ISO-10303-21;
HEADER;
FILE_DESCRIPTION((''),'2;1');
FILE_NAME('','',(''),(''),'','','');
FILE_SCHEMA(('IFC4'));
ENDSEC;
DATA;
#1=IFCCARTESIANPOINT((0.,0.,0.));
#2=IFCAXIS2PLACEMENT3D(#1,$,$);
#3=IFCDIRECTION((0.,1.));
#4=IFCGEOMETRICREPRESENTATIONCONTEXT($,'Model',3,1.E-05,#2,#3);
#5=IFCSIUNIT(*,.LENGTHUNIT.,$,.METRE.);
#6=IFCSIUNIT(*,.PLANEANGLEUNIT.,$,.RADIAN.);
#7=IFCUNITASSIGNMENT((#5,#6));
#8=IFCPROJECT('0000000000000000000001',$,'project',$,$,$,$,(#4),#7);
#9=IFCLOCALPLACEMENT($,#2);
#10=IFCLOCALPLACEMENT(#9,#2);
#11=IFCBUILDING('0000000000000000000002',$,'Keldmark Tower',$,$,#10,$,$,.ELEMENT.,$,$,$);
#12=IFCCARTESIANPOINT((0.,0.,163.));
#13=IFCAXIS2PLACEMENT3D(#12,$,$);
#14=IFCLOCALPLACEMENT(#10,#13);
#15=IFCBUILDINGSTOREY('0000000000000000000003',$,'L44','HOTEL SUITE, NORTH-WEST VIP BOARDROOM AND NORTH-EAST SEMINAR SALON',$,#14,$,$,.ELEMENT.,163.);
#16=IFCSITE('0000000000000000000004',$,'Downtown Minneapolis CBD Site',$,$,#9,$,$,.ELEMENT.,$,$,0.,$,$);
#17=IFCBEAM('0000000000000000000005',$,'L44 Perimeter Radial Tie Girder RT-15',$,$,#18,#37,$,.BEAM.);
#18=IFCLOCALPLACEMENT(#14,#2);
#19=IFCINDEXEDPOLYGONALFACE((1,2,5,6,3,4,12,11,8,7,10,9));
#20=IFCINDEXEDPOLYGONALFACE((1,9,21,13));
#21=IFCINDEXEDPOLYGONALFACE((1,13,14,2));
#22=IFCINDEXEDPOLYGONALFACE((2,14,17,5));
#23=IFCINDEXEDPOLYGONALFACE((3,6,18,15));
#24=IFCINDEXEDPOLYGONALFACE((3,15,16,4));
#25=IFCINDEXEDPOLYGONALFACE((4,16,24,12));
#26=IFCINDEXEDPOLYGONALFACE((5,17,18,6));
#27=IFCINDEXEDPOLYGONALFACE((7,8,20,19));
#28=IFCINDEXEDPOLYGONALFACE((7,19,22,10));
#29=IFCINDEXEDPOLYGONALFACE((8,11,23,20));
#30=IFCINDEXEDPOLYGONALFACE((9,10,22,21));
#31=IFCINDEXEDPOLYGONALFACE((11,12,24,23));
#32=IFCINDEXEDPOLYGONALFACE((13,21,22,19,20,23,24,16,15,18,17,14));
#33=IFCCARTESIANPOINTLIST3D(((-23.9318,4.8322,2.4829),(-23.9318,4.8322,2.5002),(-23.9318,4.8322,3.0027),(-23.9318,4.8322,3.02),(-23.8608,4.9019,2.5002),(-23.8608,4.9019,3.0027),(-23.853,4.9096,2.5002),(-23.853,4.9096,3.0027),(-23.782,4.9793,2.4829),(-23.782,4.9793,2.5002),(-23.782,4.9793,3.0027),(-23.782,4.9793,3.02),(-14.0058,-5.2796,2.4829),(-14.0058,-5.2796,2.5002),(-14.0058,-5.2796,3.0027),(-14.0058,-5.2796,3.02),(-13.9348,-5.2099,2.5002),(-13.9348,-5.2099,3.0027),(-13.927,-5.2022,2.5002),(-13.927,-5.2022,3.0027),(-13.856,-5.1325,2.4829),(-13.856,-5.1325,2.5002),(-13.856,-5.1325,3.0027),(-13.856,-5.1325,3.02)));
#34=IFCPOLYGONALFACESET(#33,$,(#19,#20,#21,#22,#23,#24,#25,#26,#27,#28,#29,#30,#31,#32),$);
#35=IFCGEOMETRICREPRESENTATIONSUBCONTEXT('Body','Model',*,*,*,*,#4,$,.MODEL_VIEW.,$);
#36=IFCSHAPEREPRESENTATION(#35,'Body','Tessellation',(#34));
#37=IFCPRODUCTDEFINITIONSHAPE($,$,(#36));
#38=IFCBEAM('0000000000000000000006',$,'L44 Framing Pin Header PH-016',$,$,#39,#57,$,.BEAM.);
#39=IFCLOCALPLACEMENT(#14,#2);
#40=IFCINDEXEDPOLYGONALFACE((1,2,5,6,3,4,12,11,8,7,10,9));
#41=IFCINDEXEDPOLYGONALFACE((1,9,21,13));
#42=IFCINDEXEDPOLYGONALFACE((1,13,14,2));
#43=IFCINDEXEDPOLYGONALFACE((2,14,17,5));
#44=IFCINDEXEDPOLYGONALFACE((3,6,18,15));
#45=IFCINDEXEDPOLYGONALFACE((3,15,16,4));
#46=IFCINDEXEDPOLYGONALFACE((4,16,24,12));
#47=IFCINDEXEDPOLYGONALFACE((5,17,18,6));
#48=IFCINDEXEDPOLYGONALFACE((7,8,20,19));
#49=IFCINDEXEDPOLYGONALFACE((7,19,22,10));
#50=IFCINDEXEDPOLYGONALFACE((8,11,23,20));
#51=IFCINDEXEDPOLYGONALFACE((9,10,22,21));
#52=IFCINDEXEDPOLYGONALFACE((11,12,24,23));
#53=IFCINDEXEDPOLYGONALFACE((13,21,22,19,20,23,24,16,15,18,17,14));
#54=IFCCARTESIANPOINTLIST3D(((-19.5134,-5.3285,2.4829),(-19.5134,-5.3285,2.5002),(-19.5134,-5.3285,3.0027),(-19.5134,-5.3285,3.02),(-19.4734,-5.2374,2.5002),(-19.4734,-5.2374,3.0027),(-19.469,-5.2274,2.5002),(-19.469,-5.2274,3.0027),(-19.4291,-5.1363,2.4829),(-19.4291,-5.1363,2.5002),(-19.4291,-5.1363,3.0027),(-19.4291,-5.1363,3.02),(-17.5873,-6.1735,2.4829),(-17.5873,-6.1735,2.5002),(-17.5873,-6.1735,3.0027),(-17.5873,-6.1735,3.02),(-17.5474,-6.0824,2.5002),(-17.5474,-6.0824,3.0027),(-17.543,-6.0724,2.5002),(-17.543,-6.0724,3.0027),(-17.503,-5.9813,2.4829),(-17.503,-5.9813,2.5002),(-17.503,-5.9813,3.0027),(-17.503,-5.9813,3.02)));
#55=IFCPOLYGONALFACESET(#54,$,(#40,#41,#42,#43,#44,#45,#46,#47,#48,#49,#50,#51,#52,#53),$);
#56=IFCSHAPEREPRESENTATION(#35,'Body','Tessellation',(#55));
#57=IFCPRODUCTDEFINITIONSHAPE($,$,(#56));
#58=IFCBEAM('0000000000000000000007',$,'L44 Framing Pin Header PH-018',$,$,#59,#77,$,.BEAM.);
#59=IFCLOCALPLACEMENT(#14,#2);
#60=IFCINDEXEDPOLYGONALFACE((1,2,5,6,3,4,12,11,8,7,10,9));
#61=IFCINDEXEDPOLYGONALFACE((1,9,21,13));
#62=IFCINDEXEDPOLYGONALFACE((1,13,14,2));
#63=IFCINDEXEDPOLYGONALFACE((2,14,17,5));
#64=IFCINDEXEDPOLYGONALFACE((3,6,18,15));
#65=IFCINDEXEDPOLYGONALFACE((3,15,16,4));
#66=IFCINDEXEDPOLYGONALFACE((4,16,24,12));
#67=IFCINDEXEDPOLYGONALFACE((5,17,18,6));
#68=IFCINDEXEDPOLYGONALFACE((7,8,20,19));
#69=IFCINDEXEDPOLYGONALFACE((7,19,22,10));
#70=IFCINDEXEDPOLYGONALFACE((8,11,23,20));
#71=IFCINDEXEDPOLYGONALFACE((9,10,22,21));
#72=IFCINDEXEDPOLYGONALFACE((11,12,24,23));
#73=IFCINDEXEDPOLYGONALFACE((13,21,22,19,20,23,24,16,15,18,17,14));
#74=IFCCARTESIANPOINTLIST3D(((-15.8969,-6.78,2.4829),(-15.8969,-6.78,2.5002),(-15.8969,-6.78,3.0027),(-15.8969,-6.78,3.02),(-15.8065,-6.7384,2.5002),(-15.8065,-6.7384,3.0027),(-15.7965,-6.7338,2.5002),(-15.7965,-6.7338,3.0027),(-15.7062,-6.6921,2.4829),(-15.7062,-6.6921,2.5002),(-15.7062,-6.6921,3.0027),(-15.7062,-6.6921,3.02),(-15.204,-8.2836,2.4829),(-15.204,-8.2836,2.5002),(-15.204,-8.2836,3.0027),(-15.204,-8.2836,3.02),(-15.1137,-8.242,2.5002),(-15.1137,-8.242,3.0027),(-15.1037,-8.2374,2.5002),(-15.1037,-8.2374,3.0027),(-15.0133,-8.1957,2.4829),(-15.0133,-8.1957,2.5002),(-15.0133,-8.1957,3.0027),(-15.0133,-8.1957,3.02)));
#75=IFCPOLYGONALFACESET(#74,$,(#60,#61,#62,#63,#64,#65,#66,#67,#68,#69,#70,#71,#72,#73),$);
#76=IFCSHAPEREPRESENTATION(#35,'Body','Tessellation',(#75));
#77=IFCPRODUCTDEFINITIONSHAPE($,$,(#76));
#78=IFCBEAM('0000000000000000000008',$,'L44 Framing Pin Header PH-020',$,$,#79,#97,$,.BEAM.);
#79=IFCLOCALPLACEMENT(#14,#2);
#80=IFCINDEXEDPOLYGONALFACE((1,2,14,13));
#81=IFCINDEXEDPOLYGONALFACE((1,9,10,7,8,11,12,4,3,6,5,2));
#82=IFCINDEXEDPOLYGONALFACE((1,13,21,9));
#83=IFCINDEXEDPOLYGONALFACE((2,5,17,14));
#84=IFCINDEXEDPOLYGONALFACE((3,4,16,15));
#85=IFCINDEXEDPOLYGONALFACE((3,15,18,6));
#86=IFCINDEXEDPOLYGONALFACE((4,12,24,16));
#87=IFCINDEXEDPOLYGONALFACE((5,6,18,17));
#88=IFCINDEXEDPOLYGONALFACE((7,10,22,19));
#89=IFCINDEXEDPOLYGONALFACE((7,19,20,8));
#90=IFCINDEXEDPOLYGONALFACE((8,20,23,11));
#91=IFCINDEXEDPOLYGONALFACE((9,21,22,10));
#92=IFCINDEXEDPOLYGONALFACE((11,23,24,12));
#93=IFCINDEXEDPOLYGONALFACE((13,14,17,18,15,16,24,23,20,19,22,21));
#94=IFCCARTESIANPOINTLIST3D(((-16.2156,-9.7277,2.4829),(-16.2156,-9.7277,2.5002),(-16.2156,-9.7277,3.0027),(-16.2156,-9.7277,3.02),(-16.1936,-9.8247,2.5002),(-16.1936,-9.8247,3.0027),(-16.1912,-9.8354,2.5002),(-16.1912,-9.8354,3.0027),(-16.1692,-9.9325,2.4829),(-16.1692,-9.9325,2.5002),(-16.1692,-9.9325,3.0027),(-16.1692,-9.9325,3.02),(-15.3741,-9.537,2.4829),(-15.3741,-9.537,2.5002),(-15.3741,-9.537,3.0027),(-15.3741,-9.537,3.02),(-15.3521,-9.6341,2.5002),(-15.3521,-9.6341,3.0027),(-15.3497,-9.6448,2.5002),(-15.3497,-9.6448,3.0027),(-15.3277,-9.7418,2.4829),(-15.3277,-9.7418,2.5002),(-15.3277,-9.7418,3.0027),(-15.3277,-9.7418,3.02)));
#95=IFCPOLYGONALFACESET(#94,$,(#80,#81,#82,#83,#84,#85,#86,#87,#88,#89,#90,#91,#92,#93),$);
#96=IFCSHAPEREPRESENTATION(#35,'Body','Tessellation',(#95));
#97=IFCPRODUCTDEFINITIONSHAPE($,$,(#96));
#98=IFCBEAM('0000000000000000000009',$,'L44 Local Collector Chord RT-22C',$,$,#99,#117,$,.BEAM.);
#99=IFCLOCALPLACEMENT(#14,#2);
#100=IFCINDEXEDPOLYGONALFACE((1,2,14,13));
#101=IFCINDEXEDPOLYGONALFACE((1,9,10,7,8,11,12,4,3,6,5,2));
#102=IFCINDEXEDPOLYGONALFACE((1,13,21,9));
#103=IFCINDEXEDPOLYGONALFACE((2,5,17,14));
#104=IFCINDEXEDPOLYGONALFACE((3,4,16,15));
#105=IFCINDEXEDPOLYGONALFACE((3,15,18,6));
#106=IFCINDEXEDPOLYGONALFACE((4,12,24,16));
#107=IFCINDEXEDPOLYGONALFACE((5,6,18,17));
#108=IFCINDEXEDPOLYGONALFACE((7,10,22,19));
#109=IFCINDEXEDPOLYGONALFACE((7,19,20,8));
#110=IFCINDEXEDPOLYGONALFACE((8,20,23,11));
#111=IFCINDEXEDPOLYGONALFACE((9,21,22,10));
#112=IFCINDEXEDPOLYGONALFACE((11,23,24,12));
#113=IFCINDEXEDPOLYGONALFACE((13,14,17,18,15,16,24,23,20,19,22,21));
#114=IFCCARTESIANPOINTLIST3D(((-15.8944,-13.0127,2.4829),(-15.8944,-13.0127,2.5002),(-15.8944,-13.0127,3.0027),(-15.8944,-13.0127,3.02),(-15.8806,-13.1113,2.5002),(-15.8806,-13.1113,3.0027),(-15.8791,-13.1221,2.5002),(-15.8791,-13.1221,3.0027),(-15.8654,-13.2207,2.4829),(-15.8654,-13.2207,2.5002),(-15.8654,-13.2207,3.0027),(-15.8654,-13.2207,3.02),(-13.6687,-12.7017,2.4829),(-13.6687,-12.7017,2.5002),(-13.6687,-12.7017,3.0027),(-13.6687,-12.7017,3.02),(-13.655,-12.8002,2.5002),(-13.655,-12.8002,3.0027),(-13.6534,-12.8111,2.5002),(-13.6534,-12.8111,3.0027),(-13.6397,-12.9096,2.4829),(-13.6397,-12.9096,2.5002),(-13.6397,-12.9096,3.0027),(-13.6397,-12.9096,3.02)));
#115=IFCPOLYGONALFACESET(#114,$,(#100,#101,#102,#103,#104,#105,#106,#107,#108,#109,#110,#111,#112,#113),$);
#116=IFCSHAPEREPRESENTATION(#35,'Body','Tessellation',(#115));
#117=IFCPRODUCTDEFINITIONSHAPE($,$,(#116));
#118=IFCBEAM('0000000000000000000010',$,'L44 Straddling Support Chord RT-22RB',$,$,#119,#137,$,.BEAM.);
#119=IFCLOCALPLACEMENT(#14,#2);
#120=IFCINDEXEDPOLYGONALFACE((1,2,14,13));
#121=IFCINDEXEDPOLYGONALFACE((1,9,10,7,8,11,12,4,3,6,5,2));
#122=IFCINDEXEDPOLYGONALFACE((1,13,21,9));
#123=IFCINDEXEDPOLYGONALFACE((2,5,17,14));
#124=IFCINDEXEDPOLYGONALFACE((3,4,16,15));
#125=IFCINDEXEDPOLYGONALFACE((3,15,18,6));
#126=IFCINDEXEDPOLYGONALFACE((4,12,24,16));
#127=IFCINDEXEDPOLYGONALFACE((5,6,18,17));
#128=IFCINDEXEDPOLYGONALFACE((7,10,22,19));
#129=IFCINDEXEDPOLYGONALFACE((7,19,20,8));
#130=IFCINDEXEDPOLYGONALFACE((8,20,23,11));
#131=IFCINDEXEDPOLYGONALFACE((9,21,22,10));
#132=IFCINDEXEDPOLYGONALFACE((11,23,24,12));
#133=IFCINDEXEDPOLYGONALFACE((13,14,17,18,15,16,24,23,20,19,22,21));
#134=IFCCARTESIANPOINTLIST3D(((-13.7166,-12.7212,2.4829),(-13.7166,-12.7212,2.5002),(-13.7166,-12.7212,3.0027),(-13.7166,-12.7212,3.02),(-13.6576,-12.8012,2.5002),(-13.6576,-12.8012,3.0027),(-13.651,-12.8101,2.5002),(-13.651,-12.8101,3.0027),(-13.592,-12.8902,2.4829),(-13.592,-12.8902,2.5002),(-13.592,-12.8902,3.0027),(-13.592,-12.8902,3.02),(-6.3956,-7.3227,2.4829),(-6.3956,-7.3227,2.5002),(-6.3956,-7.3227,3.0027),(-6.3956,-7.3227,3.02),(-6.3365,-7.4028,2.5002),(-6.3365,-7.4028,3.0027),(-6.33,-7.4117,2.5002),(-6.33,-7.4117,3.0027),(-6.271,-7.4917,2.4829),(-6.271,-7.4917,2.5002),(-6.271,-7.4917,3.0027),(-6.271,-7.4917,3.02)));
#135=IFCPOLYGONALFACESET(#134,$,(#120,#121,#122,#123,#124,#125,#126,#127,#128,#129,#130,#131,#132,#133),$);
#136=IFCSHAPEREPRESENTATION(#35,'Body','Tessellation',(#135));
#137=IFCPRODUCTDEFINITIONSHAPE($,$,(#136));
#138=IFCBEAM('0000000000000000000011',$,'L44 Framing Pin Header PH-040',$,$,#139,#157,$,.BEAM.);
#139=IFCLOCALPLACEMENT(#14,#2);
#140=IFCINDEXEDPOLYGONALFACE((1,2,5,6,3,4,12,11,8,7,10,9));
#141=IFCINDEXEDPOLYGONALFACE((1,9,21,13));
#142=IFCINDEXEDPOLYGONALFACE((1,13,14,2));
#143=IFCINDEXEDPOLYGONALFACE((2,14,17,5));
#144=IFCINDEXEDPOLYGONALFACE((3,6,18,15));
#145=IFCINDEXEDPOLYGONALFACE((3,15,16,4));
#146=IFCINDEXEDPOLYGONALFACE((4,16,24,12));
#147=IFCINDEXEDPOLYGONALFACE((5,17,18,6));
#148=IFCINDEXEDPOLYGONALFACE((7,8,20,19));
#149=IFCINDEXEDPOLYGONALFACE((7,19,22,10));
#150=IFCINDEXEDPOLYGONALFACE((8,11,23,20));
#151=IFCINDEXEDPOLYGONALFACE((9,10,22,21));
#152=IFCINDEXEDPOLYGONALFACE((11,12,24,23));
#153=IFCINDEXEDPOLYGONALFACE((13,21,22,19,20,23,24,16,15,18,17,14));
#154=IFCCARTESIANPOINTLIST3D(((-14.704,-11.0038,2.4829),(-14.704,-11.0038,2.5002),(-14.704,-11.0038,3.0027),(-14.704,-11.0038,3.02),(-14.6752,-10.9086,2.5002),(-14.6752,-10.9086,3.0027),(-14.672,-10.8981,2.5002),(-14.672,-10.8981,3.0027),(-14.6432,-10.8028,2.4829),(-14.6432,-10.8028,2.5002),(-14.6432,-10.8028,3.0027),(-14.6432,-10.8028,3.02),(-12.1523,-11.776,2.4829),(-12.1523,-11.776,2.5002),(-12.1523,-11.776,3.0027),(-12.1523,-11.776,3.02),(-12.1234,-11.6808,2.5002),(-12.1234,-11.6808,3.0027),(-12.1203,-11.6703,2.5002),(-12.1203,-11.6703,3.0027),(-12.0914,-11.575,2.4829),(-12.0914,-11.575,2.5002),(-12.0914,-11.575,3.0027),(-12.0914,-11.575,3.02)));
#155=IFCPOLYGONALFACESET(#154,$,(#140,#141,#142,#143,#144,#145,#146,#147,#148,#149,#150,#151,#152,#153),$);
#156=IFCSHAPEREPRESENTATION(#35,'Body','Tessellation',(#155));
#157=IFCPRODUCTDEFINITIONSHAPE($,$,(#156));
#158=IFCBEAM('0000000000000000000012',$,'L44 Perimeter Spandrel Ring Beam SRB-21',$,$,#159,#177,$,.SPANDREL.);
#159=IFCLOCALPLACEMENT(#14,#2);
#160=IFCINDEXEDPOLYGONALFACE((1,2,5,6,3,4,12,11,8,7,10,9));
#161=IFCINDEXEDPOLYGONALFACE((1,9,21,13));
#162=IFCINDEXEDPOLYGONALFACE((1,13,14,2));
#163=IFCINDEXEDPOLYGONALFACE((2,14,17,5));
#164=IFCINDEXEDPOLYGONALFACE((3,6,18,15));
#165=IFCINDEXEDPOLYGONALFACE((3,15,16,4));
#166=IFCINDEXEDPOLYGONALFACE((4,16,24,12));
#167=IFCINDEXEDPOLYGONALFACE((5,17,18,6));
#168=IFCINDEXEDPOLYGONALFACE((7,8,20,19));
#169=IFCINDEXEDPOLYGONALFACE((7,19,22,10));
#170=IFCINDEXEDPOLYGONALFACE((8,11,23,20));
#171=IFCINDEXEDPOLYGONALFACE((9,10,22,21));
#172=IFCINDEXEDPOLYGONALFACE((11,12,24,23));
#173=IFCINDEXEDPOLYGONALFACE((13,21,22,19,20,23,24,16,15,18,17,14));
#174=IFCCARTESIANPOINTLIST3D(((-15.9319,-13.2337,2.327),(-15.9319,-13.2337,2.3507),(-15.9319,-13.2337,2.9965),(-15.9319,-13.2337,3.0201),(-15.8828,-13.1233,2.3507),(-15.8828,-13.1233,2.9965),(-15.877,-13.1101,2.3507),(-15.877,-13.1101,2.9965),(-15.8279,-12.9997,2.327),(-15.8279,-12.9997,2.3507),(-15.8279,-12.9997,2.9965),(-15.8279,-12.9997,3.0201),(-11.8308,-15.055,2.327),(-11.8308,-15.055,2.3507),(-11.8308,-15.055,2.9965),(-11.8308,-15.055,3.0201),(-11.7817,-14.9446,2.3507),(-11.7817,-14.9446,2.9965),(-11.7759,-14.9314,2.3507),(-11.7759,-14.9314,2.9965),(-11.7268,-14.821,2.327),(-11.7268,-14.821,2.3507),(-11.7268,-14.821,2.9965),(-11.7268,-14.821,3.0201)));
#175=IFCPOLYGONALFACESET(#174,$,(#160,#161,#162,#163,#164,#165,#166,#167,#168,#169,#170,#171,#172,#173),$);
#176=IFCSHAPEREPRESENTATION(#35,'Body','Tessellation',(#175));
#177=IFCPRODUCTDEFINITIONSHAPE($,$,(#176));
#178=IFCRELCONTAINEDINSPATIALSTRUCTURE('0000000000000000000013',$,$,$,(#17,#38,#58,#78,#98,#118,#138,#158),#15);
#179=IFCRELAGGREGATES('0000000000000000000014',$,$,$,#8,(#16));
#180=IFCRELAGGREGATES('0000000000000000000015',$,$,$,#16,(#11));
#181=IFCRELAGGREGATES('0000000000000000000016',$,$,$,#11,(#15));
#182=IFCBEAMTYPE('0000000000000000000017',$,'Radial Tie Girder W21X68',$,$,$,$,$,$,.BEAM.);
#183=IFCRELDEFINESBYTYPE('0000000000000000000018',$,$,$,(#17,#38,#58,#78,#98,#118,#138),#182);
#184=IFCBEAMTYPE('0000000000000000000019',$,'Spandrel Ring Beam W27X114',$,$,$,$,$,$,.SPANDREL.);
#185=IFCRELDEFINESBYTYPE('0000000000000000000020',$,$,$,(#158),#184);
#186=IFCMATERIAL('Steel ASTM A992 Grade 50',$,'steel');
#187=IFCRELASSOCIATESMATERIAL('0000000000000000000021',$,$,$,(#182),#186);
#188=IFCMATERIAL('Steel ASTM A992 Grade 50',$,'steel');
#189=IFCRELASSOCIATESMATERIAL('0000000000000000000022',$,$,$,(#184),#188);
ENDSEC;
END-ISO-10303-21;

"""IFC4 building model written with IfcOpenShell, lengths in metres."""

from ifc_helpers import new_model, si_unit, direction, frame, origin, origin_2d, place, context, subcontext, project, spatial, i_section, extrude, material, material_profile, profile_set, type_object, element, save


model = new_model("IFC4")

# Units and contexts
model_context = context("Model", 3, precision=1e-05, world=origin(), true_north=direction((0.0, 1.0)))
body_context = subcontext(model_context, "Body", "Model", "MODEL_VIEW")
ifc_project = project(units=[si_unit("LENGTHUNIT", "METRE"), si_unit("PLANEANGLEUNIT", "RADIAN")], contexts=[model_context])

# Site, building, storey
site_placement = place(None, origin())
site = spatial("IfcSite", under=ifc_project, at=site_placement, Name="Downtown Minneapolis CBD Site", CompositionType="ELEMENT", RefElevation=0.0)
building_placement = place(site_placement, origin())
building = spatial("IfcBuilding", under=site, at=building_placement, Name="Keldmark Tower", CompositionType="ELEMENT")
storey_placement = place(building_placement, frame((0.0, 0.0, 163.0)))
storey = spatial("IfcBuildingStorey", under=building, at=storey_placement, Name="L44", Description="HOTEL SUITE, NORTH-WEST VIP BOARDROOM AND NORTH-EAST SEMINAR SALON", CompositionType="ELEMENT", Elevation=163.0)

# Beams
ifc_material_1 = material(Name="Steel ASTM A992 Grade 50", Category="steel")
ifc_material_profile_1 = material_profile(ifc_material_1, i_section(OverallWidth=0.21, OverallDepth=0.5371, WebThickness=0.011, FlangeThickness=0.0173, at=origin_2d()), Name="W21X68")
ifc_profile_set_1 = profile_set([ifc_material_profile_1], Name="Steel ASTM A992 Grade 50")
beam_type_1 = type_object("IfcBeamType", Name="Radial Tie Girder W21X68", PredefinedType="BEAM", material=ifc_profile_set_1)
beam_1_placement = place(storey_placement, frame((-13.9309, -5.2061, 2.7515), z_axis=(-0.70052, 0.713632, 0.0), x_axis=(-0.713632, -0.70052, 0.0)))
element("IfcBeam", 1, at=beam_1_placement, inside=storey, type_object=beam_type_1, Name="L44 Perimeter Radial Tie Girder RT-15", PredefinedType="BEAM", context=body_context, shape_type="SweptSolid", body=[
    extrude(i_section(OverallWidth=0.21, OverallDepth=0.5371, WebThickness=0.011, FlangeThickness=0.0173, at=origin_2d()), origin(), (0.0, 0.0, 1.0), 14.1694),
])
beam_2_placement = place(storey_placement, frame((-17.5452, -6.0774, 2.7515), z_axis=(-0.915749, 0.40175, 0.0), x_axis=(-0.40175, -0.915749, 0.0)))
element("IfcBeam", 2, at=beam_2_placement, inside=storey, type_object=beam_type_1, Name="L44 Framing Pin Header PH-016", PredefinedType="BEAM", context=body_context, shape_type="SweptSolid", body=[
    extrude(i_section(OverallWidth=0.21, OverallDepth=0.5371, WebThickness=0.011, FlangeThickness=0.0173, at=origin_2d()), origin(), (0.0, 0.0, 1.0), 2.1033),
])
beam_3_placement = place(storey_placement, frame((-15.8015, -6.7361, 2.7515), z_axis=(0.418497, -0.908218, 0.0), x_axis=(0.908218, 0.418497, 0.0)))
element("IfcBeam", 3, at=beam_3_placement, inside=storey, type_object=beam_type_1, Name="L44 Framing Pin Header PH-018", PredefinedType="BEAM", context=body_context, shape_type="SweptSolid", body=[
    extrude(i_section(OverallWidth=0.21, OverallDepth=0.5371, WebThickness=0.011, FlangeThickness=0.0173, at=origin_2d()), origin(), (0.0, 0.0, 1.0), 1.6555),
])
beam_4_placement = place(storey_placement, frame((-16.1924, -9.8301, 2.7515), z_axis=(0.97528, 0.220973, 0.0), x_axis=(-0.220973, 0.97528, 0.0)))
element("IfcBeam", 4, at=beam_4_placement, inside=storey, type_object=beam_type_1, Name="L44 Framing Pin Header PH-020", PredefinedType="BEAM", context=body_context, shape_type="SweptSolid", body=[
    extrude(i_section(OverallWidth=0.21, OverallDepth=0.5371, WebThickness=0.011, FlangeThickness=0.0173, at=origin_2d()), origin(), (0.0, 0.0, 1.0), 0.8628),
])
beam_5_placement = place(storey_placement, frame((-15.8799, -13.1167, 2.7515), z_axis=(0.990375, 0.138409, 0.0), x_axis=(-0.138409, 0.990375, 0.0)))
element("IfcBeam", 5, at=beam_5_placement, inside=storey, type_object=beam_type_1, Name="L44 Local Collector Chord RT-22C", PredefinedType="BEAM", context=body_context, shape_type="SweptSolid", body=[
    extrude(i_section(OverallWidth=0.21, OverallDepth=0.5371, WebThickness=0.011, FlangeThickness=0.0173, at=origin_2d()), origin(), (0.0, 0.0, 1.0), 2.2473),
])
beam_6_placement = place(storey_placement, frame((-13.6543, -12.8057, 2.7515), z_axis=(0.804847, 0.593483, 0.0), x_axis=(-0.593483, 0.804847, 0.0)))
element("IfcBeam", 6, at=beam_6_placement, inside=storey, type_object=beam_type_1, Name="L44 Straddling Support Chord RT-22RB", PredefinedType="BEAM", context=body_context, shape_type="SweptSolid", body=[
    extrude(i_section(OverallWidth=0.21, OverallDepth=0.5371, WebThickness=0.011, FlangeThickness=0.0173, at=origin_2d()), origin(), (0.0, 0.0, 1.0), 9.0962),
])
beam_7_placement = place(storey_placement, frame((-14.6736, -10.9033, 2.7515), z_axis=(0.957133, -0.289649, 0.0), x_axis=(0.289649, 0.957133, 0.0)))
element("IfcBeam", 7, at=beam_7_placement, inside=storey, type_object=beam_type_1, Name="L44 Framing Pin Header PH-040", PredefinedType="BEAM", context=body_context, shape_type="SweptSolid", body=[
    extrude(i_section(OverallWidth=0.21, OverallDepth=0.5371, WebThickness=0.011, FlangeThickness=0.0173, at=origin_2d()), origin(), (0.0, 0.0, 1.0), 2.666),
])
ifc_material_2 = material(Name="Steel ASTM A992 Grade 50", Category="steel")
ifc_material_profile_2 = material_profile(ifc_material_2, i_section(OverallWidth=0.2561, OverallDepth=0.6931, WebThickness=0.0144, FlangeThickness=0.0237, at=origin_2d()), Name="W27X114")
ifc_profile_set_2 = profile_set([ifc_material_profile_2], Name="Steel ASTM A992 Grade 50")
beam_type_2 = type_object("IfcBeamType", Name="Spandrel Ring Beam W27X114", PredefinedType="SPANDREL", material=ifc_profile_set_2)
beam_8_placement = place(storey_placement, frame((-15.8799, -13.1167, 2.6736), z_axis=(0.913928, -0.405876, 0.0), x_axis=(0.405876, 0.913928, 0.0)))
element("IfcBeam", 8, at=beam_8_placement, inside=storey, type_object=beam_type_2, Name="L44 Perimeter Spandrel Ring Beam SRB-21", PredefinedType="SPANDREL", context=body_context, shape_type="SweptSolid", body=[
    extrude(i_section(OverallWidth=0.2561, OverallDepth=0.6931, WebThickness=0.0144, FlangeThickness=0.0237, at=origin_2d()), origin(), (0.0, 0.0, 1.0), 4.4873),
])

save(model, "model.ifc")
